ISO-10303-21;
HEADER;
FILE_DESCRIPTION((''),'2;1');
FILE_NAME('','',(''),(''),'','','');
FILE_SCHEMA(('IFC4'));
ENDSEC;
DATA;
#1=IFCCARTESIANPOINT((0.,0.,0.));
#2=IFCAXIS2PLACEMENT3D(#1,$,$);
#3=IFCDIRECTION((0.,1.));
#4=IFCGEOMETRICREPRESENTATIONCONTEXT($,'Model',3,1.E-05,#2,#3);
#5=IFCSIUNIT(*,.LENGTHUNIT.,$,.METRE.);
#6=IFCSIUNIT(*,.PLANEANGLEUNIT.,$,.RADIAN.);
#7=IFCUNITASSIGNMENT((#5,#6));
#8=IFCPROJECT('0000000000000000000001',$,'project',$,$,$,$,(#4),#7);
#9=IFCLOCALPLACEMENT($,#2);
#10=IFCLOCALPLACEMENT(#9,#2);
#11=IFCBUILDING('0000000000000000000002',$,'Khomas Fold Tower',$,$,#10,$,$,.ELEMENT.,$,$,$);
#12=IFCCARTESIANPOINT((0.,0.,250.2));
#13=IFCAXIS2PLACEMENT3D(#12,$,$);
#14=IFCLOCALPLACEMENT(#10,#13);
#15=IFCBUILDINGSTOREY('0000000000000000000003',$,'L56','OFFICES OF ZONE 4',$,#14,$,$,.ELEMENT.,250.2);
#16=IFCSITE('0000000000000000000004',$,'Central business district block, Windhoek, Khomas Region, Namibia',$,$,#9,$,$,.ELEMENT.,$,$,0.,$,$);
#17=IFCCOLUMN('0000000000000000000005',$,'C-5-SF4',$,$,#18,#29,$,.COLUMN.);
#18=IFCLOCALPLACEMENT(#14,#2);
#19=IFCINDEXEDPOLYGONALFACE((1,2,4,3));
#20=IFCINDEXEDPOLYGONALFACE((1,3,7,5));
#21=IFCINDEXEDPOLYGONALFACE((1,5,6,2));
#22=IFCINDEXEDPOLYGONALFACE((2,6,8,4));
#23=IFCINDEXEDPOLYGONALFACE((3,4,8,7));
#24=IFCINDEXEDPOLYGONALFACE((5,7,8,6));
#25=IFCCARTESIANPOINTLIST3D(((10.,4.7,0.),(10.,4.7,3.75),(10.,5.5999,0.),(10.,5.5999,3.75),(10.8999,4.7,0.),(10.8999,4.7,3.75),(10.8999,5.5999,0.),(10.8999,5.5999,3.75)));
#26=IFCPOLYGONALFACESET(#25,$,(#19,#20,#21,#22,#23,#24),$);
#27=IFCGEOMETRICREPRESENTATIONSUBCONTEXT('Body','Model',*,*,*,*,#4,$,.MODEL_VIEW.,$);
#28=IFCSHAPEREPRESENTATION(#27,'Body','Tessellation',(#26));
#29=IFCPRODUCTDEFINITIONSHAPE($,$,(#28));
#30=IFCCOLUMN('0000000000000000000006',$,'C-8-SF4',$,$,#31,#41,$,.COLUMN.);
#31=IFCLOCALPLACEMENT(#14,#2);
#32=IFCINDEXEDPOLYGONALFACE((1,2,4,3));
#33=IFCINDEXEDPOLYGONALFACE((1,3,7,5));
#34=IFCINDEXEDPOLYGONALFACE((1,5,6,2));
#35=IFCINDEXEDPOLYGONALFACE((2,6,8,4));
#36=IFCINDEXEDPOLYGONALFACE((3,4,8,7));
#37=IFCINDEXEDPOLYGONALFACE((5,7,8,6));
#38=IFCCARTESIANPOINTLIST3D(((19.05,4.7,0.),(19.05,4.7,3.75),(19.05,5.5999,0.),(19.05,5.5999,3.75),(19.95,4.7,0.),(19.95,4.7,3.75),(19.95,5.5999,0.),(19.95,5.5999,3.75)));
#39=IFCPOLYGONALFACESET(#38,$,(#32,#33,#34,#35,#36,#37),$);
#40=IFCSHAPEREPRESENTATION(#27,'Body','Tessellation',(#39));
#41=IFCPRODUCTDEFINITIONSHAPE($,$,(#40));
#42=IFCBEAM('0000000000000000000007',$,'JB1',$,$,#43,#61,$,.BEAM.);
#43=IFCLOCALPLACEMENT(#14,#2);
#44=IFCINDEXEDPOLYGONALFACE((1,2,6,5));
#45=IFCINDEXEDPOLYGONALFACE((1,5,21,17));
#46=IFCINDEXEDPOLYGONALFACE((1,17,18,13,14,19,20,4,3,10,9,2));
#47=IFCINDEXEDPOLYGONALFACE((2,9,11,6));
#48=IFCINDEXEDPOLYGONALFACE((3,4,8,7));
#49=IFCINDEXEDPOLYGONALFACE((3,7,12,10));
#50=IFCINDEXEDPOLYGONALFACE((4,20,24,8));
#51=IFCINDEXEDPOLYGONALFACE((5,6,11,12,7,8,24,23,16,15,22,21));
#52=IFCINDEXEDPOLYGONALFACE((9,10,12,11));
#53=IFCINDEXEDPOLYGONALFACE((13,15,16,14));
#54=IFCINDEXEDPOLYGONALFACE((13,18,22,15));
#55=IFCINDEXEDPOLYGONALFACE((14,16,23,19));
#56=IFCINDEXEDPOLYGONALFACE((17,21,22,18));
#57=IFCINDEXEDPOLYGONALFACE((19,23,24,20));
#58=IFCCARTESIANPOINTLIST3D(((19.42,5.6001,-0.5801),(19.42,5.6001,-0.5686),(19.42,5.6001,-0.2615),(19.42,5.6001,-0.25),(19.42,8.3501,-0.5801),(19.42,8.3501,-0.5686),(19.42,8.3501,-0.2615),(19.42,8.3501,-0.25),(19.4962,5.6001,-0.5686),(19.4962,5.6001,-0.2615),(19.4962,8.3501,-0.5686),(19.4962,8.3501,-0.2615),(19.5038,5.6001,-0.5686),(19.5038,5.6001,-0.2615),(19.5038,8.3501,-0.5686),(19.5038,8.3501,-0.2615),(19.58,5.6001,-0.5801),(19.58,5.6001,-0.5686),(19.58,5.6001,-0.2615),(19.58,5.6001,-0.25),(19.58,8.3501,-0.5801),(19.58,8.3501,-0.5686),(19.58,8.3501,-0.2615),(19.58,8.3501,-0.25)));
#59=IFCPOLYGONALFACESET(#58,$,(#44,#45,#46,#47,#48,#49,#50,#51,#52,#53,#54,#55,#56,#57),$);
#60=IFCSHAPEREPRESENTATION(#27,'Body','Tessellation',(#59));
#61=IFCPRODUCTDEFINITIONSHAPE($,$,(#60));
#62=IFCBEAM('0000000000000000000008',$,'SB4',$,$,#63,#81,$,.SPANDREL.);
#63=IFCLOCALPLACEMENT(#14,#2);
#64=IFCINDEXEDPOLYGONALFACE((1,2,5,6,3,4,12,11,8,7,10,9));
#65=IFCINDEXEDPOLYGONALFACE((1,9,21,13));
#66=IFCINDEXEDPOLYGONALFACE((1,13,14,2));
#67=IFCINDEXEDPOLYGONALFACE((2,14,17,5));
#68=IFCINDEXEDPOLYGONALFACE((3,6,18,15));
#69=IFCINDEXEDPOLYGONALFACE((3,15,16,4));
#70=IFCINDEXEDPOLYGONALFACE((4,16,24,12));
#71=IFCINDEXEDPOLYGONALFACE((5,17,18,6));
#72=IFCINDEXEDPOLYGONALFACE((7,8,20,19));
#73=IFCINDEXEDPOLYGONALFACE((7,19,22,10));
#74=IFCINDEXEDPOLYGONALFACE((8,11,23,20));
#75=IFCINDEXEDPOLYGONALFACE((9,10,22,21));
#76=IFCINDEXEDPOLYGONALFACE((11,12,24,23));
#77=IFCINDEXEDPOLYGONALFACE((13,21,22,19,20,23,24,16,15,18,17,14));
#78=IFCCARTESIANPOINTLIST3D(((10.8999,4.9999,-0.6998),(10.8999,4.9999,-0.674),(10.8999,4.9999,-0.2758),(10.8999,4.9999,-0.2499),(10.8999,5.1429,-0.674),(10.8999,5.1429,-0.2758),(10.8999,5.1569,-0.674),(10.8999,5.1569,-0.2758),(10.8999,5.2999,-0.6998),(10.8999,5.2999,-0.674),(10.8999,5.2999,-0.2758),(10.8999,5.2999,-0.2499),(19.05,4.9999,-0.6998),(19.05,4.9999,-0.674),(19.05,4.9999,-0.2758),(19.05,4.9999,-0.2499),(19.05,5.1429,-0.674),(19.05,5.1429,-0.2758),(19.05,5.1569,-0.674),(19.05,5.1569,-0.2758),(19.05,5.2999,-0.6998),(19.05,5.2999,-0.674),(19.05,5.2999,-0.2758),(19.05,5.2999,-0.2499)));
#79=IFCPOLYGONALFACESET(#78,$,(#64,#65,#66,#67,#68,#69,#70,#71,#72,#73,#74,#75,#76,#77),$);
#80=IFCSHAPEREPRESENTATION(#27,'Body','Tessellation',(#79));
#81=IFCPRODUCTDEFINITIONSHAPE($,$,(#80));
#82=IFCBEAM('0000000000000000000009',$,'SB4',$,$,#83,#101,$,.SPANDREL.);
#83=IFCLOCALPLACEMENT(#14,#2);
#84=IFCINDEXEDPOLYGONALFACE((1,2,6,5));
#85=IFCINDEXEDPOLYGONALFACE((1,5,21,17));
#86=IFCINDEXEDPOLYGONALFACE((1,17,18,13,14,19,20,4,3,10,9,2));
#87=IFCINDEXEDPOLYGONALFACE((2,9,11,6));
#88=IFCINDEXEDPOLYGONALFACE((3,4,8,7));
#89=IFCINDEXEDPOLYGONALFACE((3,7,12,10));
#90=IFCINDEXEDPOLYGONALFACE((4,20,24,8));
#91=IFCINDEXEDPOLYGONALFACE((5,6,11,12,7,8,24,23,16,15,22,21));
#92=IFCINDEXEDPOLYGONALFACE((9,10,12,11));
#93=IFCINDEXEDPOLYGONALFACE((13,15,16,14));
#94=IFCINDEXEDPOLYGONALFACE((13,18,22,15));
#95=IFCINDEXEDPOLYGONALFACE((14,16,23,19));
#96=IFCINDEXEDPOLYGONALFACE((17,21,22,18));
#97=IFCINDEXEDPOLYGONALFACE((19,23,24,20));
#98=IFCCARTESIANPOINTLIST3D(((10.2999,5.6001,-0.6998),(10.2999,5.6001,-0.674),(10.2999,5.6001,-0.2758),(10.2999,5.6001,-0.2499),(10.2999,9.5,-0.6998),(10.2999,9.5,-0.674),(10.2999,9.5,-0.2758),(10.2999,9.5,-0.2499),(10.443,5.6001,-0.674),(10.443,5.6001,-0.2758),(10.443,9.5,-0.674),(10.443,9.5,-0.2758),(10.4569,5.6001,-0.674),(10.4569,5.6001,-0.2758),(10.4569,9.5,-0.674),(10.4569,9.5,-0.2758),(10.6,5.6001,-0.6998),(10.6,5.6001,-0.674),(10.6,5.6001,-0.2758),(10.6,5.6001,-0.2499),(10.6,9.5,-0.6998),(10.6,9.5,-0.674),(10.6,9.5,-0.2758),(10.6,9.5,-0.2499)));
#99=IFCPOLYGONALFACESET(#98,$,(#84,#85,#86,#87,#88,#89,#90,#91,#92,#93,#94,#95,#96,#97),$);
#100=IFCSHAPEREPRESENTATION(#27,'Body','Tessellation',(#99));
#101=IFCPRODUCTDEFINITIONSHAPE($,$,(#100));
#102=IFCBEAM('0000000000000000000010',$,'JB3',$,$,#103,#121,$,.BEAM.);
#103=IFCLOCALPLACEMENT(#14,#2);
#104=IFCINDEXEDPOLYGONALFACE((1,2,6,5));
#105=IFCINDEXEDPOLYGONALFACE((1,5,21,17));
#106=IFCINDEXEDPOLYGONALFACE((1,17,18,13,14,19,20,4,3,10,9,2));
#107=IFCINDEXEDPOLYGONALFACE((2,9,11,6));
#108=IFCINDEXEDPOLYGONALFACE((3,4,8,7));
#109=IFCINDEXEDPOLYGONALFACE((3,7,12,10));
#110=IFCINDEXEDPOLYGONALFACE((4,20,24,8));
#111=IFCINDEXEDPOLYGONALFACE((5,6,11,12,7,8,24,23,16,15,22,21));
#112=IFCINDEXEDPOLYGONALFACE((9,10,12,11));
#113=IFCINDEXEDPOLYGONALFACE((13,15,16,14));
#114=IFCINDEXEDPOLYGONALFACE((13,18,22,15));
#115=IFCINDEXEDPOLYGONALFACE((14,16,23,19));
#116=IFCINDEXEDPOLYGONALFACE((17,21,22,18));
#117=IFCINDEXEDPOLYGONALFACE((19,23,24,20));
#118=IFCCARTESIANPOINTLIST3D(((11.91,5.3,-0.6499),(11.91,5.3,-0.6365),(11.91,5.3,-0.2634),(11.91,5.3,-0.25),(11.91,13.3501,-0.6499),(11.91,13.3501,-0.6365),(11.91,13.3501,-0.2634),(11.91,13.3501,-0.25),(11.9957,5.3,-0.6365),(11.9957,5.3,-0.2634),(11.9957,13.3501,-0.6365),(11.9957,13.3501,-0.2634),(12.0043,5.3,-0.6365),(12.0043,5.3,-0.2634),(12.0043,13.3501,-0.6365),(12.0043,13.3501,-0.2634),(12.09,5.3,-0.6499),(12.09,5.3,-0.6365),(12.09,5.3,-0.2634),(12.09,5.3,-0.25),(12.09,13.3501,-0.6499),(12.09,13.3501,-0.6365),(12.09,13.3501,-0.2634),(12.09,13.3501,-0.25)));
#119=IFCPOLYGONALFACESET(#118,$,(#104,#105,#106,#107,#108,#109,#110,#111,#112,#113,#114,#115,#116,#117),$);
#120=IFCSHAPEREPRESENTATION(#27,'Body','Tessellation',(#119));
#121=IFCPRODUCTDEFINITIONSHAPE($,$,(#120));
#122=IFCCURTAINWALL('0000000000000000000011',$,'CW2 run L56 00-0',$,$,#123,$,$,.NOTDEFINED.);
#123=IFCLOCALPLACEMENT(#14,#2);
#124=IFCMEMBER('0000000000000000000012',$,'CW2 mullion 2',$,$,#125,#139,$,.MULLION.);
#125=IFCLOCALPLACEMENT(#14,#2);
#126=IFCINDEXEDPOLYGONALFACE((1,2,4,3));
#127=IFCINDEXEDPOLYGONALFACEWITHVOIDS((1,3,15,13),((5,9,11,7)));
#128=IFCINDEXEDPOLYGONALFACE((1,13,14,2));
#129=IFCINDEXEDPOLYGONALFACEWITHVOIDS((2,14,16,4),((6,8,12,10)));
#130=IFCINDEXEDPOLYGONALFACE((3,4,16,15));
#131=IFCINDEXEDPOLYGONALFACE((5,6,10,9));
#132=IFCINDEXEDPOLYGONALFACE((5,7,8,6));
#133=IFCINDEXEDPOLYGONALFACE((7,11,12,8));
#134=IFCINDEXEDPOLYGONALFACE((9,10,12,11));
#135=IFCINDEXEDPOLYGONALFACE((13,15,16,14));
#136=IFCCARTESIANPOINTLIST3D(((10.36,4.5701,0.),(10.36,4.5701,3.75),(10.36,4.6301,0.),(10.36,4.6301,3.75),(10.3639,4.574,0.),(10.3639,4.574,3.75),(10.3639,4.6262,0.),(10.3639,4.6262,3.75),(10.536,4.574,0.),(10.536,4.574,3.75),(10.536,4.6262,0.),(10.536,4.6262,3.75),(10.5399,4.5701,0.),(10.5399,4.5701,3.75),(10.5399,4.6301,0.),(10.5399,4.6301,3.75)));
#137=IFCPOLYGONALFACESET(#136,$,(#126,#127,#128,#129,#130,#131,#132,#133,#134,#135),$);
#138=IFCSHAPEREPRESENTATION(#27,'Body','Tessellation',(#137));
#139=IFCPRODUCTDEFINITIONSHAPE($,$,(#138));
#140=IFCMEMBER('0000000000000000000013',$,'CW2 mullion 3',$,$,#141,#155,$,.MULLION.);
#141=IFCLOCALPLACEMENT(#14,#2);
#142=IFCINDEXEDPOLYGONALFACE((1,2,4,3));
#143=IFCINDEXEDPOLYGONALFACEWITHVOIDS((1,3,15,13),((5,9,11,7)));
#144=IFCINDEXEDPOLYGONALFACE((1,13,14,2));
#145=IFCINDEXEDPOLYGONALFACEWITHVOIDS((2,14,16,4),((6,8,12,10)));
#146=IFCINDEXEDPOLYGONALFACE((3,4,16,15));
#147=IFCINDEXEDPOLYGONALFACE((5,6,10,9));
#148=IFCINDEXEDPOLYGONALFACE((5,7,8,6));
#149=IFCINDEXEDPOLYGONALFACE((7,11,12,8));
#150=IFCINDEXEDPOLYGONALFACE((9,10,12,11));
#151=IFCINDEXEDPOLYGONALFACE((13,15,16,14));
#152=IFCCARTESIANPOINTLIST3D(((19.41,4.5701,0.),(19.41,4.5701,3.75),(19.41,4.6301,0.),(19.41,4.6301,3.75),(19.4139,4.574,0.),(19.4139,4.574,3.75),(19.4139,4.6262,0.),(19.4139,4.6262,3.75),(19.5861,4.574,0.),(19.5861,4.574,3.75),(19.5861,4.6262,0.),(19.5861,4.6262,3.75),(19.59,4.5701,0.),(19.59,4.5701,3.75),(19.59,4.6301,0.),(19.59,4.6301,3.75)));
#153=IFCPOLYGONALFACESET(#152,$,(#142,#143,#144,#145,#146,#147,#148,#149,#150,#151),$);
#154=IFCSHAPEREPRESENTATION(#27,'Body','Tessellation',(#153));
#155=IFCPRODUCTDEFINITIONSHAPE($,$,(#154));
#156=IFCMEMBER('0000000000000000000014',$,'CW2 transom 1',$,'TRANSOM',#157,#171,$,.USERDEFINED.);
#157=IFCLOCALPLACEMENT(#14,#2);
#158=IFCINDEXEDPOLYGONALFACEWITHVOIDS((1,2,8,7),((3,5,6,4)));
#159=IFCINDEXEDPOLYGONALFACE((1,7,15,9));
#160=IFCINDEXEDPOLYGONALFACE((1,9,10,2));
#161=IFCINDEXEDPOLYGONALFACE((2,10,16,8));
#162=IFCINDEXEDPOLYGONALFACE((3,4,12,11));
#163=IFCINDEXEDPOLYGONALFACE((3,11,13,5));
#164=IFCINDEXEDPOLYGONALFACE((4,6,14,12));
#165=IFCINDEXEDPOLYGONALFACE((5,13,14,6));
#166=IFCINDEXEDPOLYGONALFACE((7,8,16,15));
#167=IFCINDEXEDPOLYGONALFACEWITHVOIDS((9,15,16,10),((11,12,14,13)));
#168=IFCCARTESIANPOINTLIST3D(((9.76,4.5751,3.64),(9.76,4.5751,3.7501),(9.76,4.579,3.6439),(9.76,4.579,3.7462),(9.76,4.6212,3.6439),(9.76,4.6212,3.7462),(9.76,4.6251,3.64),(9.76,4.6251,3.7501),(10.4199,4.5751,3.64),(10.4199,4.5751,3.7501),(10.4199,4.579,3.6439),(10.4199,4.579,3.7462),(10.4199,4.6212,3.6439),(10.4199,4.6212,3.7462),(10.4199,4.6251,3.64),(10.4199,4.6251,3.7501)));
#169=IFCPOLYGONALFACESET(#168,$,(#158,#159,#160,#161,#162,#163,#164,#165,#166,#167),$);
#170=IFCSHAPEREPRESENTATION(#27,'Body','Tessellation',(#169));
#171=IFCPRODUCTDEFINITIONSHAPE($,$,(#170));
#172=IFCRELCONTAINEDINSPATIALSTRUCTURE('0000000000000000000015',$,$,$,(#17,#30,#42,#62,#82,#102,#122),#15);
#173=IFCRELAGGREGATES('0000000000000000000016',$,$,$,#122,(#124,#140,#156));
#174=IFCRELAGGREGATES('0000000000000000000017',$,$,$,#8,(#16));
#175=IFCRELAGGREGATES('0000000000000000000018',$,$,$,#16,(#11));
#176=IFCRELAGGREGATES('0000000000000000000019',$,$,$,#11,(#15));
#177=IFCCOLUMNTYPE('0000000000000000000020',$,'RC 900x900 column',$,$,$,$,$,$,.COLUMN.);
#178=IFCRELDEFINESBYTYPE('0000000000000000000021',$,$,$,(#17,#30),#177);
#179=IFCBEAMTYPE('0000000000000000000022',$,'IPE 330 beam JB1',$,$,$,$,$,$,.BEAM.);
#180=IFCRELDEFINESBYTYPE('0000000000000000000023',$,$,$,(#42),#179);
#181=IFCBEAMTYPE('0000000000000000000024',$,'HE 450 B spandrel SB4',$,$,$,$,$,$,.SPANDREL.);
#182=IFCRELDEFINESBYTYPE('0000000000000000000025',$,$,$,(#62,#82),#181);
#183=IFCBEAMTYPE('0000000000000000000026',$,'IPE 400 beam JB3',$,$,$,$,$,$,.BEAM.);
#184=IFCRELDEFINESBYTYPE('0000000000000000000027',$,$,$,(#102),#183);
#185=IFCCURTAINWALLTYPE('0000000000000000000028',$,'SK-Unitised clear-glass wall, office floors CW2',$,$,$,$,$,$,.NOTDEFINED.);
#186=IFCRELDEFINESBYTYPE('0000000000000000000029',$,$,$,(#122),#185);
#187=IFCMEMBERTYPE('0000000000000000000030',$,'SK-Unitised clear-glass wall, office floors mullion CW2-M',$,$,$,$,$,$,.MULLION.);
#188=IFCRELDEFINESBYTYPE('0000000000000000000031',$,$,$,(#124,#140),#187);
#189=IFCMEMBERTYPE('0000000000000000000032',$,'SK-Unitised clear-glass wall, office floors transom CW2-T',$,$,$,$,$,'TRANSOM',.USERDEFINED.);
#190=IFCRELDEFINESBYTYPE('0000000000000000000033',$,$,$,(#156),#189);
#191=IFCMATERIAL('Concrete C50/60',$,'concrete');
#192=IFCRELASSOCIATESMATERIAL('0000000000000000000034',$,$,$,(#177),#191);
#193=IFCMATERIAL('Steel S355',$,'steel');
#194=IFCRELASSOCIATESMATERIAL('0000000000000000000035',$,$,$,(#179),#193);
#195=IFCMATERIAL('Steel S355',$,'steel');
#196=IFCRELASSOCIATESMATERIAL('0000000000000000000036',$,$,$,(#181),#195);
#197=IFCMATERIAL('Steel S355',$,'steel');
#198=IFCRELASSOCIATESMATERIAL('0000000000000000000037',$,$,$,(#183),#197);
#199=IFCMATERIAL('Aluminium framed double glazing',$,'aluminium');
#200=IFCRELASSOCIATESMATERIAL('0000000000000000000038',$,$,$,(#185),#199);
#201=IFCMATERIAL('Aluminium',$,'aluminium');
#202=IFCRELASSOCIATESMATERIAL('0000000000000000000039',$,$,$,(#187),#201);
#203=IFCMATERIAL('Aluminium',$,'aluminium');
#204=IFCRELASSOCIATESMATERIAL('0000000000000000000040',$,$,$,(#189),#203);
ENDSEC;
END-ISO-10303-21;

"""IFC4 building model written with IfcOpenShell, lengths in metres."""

from ifc_helpers import new_model, si_unit, direction, frame, origin, origin_2d, place, context, subcontext, project, spatial, rectangle, hollow_rectangle, i_section, extrude, source, transform, mapped, material, material_profile, profile_set, type_object, element, aggregate, save


model = new_model("IFC4")

# Units and contexts
model_context = context("Model", 3, precision=1e-05, world=origin(), true_north=direction((0.0, 1.0)))
body_context = subcontext(model_context, "Body", "Model", "MODEL_VIEW")
ifc_project = project(units=[si_unit("LENGTHUNIT", "METRE"), si_unit("PLANEANGLEUNIT", "RADIAN")], contexts=[model_context])

# Site, building, storey
site_placement = place(None, origin())
site = spatial("IfcSite", under=ifc_project, at=site_placement, Name="Central business district block, Windhoek, Khomas Region, Namibia", CompositionType="ELEMENT", RefElevation=0.0)
building_placement = place(site_placement, origin())
building = spatial("IfcBuilding", under=site, at=building_placement, Name="Khomas Fold Tower", CompositionType="ELEMENT")
storey_placement = place(building_placement, frame((0.0, 0.0, 250.2)))
storey = spatial("IfcBuildingStorey", under=building, at=storey_placement, Name="L56", Description="OFFICES OF ZONE 4", CompositionType="ELEMENT", Elevation=250.2)

# Columns
ifc_material_1 = material(Name="Concrete C50/60", Category="concrete")
ifc_material_profile_1 = material_profile(ifc_material_1, rectangle(XDim=0.8999, YDim=0.8999, at=origin_2d()), Name="RC 900x900")
ifc_profile_set_1 = profile_set([ifc_material_profile_1], Name="Concrete C50/60")
column_type = type_object("IfcColumnType", Name="RC 900x900 column", PredefinedType="COLUMN", material=ifc_profile_set_1)
shared_shape_1 = source(origin(), body_context, "Body", "SweptSolid", [
    extrude(rectangle(XDim=0.8999, YDim=0.8999, at=origin_2d()), origin(), (0.0, 0.0, 1.0), 3.75),
])
for number, where, z_axis, x_axis, name in (
    (1, (10.45, 5.1499, 0.0), (0.0, 0.0, 1.0), (1.0, 0.0, 0.0), "C-5-SF4"),
    (2, (19.5, 5.1499, 0.0), (0.0, 0.0, 1.0), (1.0, 0.0, 0.0), "C-8-SF4"),
):
    element("IfcColumn", number, at=place(storey_placement, frame(where, z_axis=z_axis, x_axis=x_axis)), inside=storey, type_object=column_type, Name=name, PredefinedType="COLUMN", context=body_context, shape_type="MappedRepresentation", body=[
        mapped(shared_shape_1, transform((0.0, 0.0, 0.0))),
    ])

# Beams
ifc_material_2 = material(Name="Steel S355", Category="steel")
ifc_material_profile_2 = material_profile(ifc_material_2, i_section(OverallWidth=0.1599, OverallDepth=0.3301, WebThickness=0.0076, FlangeThickness=0.0115, at=origin_2d()), Name="IPE 330")
ifc_profile_set_2 = profile_set([ifc_material_profile_2], Name="Steel S355")
beam_type_1 = type_object("IfcBeamType", Name="IPE 330 beam JB1", PredefinedType="BEAM", material=ifc_profile_set_2)
shared_shape_2 = source(origin(), body_context, "Body", "SweptSolid", [
    extrude(i_section(OverallWidth=0.1599, OverallDepth=0.3301, WebThickness=0.0076, FlangeThickness=0.0115, at=origin_2d()), origin(), (0.0, 0.0, 1.0), 2.75),
])
beam_1_placement = place(storey_placement, frame((19.5, 5.6001, -0.415), z_axis=(0.0, 1.0, 0.0), x_axis=(-1.0, 0.0, 0.0)))
element("IfcBeam", 3, at=beam_1_placement, inside=storey, type_object=beam_type_1, Name="JB1", PredefinedType="BEAM", context=body_context, shape_type="MappedRepresentation", body=[
    mapped(shared_shape_2, transform((0.0, 0.0, 0.0))),
])
ifc_material_3 = material(Name="Steel S355", Category="steel")
ifc_material_profile_3 = material_profile(ifc_material_3, i_section(OverallWidth=0.3, OverallDepth=0.45, WebThickness=0.0139, FlangeThickness=0.0259, at=origin_2d()), Name="HE 450 B")
ifc_profile_set_3 = profile_set([ifc_material_profile_3], Name="Steel S355")
beam_type_2 = type_object("IfcBeamType", Name="HE 450 B spandrel SB4", PredefinedType="SPANDREL", material=ifc_profile_set_3)
shared_shape_3 = source(origin(), body_context, "Body", "SweptSolid", [
    extrude(i_section(OverallWidth=0.3, OverallDepth=0.45, WebThickness=0.0139, FlangeThickness=0.0259, at=origin_2d()), origin(), (0.0, 0.0, 1.0), 8.1501),
])
beam_2_placement = place(storey_placement, frame((10.8999, 5.1499, -0.4749), z_axis=(1.0, 0.0, 0.0), x_axis=(0.0, 1.0, 0.0)))
element("IfcBeam", 4, at=beam_2_placement, inside=storey, type_object=beam_type_2, Name="SB4", PredefinedType="SPANDREL", context=body_context, shape_type="MappedRepresentation", body=[
    mapped(shared_shape_3, transform((0.0, 0.0, 0.0))),
])
shared_shape_4 = source(origin(), body_context, "Body", "SweptSolid", [
    extrude(i_section(OverallWidth=0.3, OverallDepth=0.45, WebThickness=0.0139, FlangeThickness=0.0259, at=origin_2d()), origin(), (0.0, 0.0, 1.0), 3.8999),
])
beam_3_placement = place(storey_placement, frame((10.45, 5.6001, -0.4749), z_axis=(0.0, 1.0, 0.0), x_axis=(-1.0, 0.0, 0.0)))
element("IfcBeam", 5, at=beam_3_placement, inside=storey, type_object=beam_type_2, Name="SB4", PredefinedType="SPANDREL", context=body_context, shape_type="MappedRepresentation", body=[
    mapped(shared_shape_4, transform((0.0, 0.0, 0.0))),
])
ifc_material_4 = material(Name="Steel S355", Category="steel")
ifc_material_profile_4 = material_profile(ifc_material_4, i_section(OverallWidth=0.1799, OverallDepth=0.3999, WebThickness=0.0085, FlangeThickness=0.0134, at=origin_2d()), Name="IPE 400")
ifc_profile_set_4 = profile_set([ifc_material_profile_4], Name="Steel S355")
beam_type_3 = type_object("IfcBeamType", Name="IPE 400 beam JB3", PredefinedType="BEAM", material=ifc_profile_set_4)
shared_shape_5 = source(origin(), body_context, "Body", "SweptSolid", [
    extrude(i_section(OverallWidth=0.1799, OverallDepth=0.3999, WebThickness=0.0085, FlangeThickness=0.0134, at=origin_2d()), origin(), (0.0, 0.0, 1.0), 8.05),
])
beam_4_placement = place(storey_placement, frame((12.0, 5.3, -0.45), z_axis=(0.0, 1.0, 0.0), x_axis=(-1.0, 0.0, 0.0)))
element("IfcBeam", 6, at=beam_4_placement, inside=storey, type_object=beam_type_3, Name="JB3", PredefinedType="BEAM", context=body_context, shape_type="MappedRepresentation", body=[
    mapped(shared_shape_5, transform((0.0, 0.0, 0.0))),
])

# Curtain wall, members
ifc_material_5 = material(Name="Aluminium framed double glazing", Category="aluminium")
curtain_wall_type = type_object("IfcCurtainWallType", Name="SK-Unitised clear-glass wall, office floors CW2", PredefinedType="NOTDEFINED", material=ifc_material_5)
curtain_wall_placement = place(storey_placement, origin())
curtain_wall = element("IfcCurtainWall", 7, at=curtain_wall_placement, inside=storey, type_object=curtain_wall_type, Name="CW2 run L56 00-0", PredefinedType="NOTDEFINED")
ifc_material_6 = material(Name="Aluminium", Category="aluminium")
ifc_material_profile_5 = material_profile(ifc_material_6, hollow_rectangle(XDim=0.0601, YDim=0.1799, WallThickness=0.0039, at=origin_2d()), Name="SK-Unitised clear-glass wall, office floors mullion CW2-M")
ifc_profile_set_5 = profile_set([ifc_material_profile_5], Name="Aluminium")
member_type_1 = type_object("IfcMemberType", Name="SK-Unitised clear-glass wall, office floors mullion CW2-M", PredefinedType="MULLION", material=ifc_profile_set_5)
shared_shape_6 = source(origin(), body_context, "Body", "SweptSolid", [
    extrude(hollow_rectangle(XDim=0.0601, YDim=0.1799, WallThickness=0.0039, at=origin_2d()), origin(), (0.0, 0.0, 1.0), 3.75),
])
member_1_placement = place(storey_placement, frame((10.45, 4.6001, 0.0), z_axis=(0.0, 0.0, 1.0), x_axis=(0.0, 1.0, 0.0)))
member_1 = element("IfcMember", 8, at=member_1_placement, type_object=member_type_1, Name="CW2 mullion 2", PredefinedType="MULLION", context=body_context, shape_type="MappedRepresentation", body=[
    mapped(shared_shape_6, transform((0.0, 0.0, 0.0))),
])
member_2_placement = place(storey_placement, frame((19.5, 4.6001, 0.0), z_axis=(0.0, 0.0, 1.0), x_axis=(0.0, 1.0, 0.0)))
member_2 = element("IfcMember", 9, at=member_2_placement, type_object=member_type_1, Name="CW2 mullion 3", PredefinedType="MULLION", context=body_context, shape_type="MappedRepresentation", body=[
    mapped(shared_shape_6, transform((0.0, 0.0, 0.0))),
])
ifc_material_7 = material(Name="Aluminium", Category="aluminium")
ifc_material_profile_6 = material_profile(ifc_material_7, hollow_rectangle(XDim=0.05, YDim=0.1101, WallThickness=0.0039, at=origin_2d()), Name="SK-Unitised clear-glass wall, office floors transom CW2-T")
ifc_profile_set_6 = profile_set([ifc_material_profile_6], Name="Aluminium")
member_type_2 = type_object("IfcMemberType", Name="SK-Unitised clear-glass wall, office floors transom CW2-T", ElementType="TRANSOM", PredefinedType="USERDEFINED", material=ifc_profile_set_6)
shared_shape_7 = source(origin(), body_context, "Body", "SweptSolid", [
    extrude(hollow_rectangle(XDim=0.05, YDim=0.1101, WallThickness=0.0039, at=origin_2d()), origin(), (0.0, 0.0, 1.0), 0.6599),
])
member_3_placement = place(storey_placement, frame((9.76, 4.6001, 3.6951), z_axis=(1.0, 0.0, 0.0), x_axis=(0.0, 1.0, 0.0)))
member_3 = element("IfcMember", 10, at=member_3_placement, type_object=member_type_2, Name="CW2 transom 1", ObjectType="TRANSOM", PredefinedType="USERDEFINED", context=body_context, shape_type="MappedRepresentation", body=[
    mapped(shared_shape_7, transform((0.0, 0.0, 0.0))),
])
aggregate(curtain_wall, [member_1, member_2, member_3])

save(model, "model.ifc")
